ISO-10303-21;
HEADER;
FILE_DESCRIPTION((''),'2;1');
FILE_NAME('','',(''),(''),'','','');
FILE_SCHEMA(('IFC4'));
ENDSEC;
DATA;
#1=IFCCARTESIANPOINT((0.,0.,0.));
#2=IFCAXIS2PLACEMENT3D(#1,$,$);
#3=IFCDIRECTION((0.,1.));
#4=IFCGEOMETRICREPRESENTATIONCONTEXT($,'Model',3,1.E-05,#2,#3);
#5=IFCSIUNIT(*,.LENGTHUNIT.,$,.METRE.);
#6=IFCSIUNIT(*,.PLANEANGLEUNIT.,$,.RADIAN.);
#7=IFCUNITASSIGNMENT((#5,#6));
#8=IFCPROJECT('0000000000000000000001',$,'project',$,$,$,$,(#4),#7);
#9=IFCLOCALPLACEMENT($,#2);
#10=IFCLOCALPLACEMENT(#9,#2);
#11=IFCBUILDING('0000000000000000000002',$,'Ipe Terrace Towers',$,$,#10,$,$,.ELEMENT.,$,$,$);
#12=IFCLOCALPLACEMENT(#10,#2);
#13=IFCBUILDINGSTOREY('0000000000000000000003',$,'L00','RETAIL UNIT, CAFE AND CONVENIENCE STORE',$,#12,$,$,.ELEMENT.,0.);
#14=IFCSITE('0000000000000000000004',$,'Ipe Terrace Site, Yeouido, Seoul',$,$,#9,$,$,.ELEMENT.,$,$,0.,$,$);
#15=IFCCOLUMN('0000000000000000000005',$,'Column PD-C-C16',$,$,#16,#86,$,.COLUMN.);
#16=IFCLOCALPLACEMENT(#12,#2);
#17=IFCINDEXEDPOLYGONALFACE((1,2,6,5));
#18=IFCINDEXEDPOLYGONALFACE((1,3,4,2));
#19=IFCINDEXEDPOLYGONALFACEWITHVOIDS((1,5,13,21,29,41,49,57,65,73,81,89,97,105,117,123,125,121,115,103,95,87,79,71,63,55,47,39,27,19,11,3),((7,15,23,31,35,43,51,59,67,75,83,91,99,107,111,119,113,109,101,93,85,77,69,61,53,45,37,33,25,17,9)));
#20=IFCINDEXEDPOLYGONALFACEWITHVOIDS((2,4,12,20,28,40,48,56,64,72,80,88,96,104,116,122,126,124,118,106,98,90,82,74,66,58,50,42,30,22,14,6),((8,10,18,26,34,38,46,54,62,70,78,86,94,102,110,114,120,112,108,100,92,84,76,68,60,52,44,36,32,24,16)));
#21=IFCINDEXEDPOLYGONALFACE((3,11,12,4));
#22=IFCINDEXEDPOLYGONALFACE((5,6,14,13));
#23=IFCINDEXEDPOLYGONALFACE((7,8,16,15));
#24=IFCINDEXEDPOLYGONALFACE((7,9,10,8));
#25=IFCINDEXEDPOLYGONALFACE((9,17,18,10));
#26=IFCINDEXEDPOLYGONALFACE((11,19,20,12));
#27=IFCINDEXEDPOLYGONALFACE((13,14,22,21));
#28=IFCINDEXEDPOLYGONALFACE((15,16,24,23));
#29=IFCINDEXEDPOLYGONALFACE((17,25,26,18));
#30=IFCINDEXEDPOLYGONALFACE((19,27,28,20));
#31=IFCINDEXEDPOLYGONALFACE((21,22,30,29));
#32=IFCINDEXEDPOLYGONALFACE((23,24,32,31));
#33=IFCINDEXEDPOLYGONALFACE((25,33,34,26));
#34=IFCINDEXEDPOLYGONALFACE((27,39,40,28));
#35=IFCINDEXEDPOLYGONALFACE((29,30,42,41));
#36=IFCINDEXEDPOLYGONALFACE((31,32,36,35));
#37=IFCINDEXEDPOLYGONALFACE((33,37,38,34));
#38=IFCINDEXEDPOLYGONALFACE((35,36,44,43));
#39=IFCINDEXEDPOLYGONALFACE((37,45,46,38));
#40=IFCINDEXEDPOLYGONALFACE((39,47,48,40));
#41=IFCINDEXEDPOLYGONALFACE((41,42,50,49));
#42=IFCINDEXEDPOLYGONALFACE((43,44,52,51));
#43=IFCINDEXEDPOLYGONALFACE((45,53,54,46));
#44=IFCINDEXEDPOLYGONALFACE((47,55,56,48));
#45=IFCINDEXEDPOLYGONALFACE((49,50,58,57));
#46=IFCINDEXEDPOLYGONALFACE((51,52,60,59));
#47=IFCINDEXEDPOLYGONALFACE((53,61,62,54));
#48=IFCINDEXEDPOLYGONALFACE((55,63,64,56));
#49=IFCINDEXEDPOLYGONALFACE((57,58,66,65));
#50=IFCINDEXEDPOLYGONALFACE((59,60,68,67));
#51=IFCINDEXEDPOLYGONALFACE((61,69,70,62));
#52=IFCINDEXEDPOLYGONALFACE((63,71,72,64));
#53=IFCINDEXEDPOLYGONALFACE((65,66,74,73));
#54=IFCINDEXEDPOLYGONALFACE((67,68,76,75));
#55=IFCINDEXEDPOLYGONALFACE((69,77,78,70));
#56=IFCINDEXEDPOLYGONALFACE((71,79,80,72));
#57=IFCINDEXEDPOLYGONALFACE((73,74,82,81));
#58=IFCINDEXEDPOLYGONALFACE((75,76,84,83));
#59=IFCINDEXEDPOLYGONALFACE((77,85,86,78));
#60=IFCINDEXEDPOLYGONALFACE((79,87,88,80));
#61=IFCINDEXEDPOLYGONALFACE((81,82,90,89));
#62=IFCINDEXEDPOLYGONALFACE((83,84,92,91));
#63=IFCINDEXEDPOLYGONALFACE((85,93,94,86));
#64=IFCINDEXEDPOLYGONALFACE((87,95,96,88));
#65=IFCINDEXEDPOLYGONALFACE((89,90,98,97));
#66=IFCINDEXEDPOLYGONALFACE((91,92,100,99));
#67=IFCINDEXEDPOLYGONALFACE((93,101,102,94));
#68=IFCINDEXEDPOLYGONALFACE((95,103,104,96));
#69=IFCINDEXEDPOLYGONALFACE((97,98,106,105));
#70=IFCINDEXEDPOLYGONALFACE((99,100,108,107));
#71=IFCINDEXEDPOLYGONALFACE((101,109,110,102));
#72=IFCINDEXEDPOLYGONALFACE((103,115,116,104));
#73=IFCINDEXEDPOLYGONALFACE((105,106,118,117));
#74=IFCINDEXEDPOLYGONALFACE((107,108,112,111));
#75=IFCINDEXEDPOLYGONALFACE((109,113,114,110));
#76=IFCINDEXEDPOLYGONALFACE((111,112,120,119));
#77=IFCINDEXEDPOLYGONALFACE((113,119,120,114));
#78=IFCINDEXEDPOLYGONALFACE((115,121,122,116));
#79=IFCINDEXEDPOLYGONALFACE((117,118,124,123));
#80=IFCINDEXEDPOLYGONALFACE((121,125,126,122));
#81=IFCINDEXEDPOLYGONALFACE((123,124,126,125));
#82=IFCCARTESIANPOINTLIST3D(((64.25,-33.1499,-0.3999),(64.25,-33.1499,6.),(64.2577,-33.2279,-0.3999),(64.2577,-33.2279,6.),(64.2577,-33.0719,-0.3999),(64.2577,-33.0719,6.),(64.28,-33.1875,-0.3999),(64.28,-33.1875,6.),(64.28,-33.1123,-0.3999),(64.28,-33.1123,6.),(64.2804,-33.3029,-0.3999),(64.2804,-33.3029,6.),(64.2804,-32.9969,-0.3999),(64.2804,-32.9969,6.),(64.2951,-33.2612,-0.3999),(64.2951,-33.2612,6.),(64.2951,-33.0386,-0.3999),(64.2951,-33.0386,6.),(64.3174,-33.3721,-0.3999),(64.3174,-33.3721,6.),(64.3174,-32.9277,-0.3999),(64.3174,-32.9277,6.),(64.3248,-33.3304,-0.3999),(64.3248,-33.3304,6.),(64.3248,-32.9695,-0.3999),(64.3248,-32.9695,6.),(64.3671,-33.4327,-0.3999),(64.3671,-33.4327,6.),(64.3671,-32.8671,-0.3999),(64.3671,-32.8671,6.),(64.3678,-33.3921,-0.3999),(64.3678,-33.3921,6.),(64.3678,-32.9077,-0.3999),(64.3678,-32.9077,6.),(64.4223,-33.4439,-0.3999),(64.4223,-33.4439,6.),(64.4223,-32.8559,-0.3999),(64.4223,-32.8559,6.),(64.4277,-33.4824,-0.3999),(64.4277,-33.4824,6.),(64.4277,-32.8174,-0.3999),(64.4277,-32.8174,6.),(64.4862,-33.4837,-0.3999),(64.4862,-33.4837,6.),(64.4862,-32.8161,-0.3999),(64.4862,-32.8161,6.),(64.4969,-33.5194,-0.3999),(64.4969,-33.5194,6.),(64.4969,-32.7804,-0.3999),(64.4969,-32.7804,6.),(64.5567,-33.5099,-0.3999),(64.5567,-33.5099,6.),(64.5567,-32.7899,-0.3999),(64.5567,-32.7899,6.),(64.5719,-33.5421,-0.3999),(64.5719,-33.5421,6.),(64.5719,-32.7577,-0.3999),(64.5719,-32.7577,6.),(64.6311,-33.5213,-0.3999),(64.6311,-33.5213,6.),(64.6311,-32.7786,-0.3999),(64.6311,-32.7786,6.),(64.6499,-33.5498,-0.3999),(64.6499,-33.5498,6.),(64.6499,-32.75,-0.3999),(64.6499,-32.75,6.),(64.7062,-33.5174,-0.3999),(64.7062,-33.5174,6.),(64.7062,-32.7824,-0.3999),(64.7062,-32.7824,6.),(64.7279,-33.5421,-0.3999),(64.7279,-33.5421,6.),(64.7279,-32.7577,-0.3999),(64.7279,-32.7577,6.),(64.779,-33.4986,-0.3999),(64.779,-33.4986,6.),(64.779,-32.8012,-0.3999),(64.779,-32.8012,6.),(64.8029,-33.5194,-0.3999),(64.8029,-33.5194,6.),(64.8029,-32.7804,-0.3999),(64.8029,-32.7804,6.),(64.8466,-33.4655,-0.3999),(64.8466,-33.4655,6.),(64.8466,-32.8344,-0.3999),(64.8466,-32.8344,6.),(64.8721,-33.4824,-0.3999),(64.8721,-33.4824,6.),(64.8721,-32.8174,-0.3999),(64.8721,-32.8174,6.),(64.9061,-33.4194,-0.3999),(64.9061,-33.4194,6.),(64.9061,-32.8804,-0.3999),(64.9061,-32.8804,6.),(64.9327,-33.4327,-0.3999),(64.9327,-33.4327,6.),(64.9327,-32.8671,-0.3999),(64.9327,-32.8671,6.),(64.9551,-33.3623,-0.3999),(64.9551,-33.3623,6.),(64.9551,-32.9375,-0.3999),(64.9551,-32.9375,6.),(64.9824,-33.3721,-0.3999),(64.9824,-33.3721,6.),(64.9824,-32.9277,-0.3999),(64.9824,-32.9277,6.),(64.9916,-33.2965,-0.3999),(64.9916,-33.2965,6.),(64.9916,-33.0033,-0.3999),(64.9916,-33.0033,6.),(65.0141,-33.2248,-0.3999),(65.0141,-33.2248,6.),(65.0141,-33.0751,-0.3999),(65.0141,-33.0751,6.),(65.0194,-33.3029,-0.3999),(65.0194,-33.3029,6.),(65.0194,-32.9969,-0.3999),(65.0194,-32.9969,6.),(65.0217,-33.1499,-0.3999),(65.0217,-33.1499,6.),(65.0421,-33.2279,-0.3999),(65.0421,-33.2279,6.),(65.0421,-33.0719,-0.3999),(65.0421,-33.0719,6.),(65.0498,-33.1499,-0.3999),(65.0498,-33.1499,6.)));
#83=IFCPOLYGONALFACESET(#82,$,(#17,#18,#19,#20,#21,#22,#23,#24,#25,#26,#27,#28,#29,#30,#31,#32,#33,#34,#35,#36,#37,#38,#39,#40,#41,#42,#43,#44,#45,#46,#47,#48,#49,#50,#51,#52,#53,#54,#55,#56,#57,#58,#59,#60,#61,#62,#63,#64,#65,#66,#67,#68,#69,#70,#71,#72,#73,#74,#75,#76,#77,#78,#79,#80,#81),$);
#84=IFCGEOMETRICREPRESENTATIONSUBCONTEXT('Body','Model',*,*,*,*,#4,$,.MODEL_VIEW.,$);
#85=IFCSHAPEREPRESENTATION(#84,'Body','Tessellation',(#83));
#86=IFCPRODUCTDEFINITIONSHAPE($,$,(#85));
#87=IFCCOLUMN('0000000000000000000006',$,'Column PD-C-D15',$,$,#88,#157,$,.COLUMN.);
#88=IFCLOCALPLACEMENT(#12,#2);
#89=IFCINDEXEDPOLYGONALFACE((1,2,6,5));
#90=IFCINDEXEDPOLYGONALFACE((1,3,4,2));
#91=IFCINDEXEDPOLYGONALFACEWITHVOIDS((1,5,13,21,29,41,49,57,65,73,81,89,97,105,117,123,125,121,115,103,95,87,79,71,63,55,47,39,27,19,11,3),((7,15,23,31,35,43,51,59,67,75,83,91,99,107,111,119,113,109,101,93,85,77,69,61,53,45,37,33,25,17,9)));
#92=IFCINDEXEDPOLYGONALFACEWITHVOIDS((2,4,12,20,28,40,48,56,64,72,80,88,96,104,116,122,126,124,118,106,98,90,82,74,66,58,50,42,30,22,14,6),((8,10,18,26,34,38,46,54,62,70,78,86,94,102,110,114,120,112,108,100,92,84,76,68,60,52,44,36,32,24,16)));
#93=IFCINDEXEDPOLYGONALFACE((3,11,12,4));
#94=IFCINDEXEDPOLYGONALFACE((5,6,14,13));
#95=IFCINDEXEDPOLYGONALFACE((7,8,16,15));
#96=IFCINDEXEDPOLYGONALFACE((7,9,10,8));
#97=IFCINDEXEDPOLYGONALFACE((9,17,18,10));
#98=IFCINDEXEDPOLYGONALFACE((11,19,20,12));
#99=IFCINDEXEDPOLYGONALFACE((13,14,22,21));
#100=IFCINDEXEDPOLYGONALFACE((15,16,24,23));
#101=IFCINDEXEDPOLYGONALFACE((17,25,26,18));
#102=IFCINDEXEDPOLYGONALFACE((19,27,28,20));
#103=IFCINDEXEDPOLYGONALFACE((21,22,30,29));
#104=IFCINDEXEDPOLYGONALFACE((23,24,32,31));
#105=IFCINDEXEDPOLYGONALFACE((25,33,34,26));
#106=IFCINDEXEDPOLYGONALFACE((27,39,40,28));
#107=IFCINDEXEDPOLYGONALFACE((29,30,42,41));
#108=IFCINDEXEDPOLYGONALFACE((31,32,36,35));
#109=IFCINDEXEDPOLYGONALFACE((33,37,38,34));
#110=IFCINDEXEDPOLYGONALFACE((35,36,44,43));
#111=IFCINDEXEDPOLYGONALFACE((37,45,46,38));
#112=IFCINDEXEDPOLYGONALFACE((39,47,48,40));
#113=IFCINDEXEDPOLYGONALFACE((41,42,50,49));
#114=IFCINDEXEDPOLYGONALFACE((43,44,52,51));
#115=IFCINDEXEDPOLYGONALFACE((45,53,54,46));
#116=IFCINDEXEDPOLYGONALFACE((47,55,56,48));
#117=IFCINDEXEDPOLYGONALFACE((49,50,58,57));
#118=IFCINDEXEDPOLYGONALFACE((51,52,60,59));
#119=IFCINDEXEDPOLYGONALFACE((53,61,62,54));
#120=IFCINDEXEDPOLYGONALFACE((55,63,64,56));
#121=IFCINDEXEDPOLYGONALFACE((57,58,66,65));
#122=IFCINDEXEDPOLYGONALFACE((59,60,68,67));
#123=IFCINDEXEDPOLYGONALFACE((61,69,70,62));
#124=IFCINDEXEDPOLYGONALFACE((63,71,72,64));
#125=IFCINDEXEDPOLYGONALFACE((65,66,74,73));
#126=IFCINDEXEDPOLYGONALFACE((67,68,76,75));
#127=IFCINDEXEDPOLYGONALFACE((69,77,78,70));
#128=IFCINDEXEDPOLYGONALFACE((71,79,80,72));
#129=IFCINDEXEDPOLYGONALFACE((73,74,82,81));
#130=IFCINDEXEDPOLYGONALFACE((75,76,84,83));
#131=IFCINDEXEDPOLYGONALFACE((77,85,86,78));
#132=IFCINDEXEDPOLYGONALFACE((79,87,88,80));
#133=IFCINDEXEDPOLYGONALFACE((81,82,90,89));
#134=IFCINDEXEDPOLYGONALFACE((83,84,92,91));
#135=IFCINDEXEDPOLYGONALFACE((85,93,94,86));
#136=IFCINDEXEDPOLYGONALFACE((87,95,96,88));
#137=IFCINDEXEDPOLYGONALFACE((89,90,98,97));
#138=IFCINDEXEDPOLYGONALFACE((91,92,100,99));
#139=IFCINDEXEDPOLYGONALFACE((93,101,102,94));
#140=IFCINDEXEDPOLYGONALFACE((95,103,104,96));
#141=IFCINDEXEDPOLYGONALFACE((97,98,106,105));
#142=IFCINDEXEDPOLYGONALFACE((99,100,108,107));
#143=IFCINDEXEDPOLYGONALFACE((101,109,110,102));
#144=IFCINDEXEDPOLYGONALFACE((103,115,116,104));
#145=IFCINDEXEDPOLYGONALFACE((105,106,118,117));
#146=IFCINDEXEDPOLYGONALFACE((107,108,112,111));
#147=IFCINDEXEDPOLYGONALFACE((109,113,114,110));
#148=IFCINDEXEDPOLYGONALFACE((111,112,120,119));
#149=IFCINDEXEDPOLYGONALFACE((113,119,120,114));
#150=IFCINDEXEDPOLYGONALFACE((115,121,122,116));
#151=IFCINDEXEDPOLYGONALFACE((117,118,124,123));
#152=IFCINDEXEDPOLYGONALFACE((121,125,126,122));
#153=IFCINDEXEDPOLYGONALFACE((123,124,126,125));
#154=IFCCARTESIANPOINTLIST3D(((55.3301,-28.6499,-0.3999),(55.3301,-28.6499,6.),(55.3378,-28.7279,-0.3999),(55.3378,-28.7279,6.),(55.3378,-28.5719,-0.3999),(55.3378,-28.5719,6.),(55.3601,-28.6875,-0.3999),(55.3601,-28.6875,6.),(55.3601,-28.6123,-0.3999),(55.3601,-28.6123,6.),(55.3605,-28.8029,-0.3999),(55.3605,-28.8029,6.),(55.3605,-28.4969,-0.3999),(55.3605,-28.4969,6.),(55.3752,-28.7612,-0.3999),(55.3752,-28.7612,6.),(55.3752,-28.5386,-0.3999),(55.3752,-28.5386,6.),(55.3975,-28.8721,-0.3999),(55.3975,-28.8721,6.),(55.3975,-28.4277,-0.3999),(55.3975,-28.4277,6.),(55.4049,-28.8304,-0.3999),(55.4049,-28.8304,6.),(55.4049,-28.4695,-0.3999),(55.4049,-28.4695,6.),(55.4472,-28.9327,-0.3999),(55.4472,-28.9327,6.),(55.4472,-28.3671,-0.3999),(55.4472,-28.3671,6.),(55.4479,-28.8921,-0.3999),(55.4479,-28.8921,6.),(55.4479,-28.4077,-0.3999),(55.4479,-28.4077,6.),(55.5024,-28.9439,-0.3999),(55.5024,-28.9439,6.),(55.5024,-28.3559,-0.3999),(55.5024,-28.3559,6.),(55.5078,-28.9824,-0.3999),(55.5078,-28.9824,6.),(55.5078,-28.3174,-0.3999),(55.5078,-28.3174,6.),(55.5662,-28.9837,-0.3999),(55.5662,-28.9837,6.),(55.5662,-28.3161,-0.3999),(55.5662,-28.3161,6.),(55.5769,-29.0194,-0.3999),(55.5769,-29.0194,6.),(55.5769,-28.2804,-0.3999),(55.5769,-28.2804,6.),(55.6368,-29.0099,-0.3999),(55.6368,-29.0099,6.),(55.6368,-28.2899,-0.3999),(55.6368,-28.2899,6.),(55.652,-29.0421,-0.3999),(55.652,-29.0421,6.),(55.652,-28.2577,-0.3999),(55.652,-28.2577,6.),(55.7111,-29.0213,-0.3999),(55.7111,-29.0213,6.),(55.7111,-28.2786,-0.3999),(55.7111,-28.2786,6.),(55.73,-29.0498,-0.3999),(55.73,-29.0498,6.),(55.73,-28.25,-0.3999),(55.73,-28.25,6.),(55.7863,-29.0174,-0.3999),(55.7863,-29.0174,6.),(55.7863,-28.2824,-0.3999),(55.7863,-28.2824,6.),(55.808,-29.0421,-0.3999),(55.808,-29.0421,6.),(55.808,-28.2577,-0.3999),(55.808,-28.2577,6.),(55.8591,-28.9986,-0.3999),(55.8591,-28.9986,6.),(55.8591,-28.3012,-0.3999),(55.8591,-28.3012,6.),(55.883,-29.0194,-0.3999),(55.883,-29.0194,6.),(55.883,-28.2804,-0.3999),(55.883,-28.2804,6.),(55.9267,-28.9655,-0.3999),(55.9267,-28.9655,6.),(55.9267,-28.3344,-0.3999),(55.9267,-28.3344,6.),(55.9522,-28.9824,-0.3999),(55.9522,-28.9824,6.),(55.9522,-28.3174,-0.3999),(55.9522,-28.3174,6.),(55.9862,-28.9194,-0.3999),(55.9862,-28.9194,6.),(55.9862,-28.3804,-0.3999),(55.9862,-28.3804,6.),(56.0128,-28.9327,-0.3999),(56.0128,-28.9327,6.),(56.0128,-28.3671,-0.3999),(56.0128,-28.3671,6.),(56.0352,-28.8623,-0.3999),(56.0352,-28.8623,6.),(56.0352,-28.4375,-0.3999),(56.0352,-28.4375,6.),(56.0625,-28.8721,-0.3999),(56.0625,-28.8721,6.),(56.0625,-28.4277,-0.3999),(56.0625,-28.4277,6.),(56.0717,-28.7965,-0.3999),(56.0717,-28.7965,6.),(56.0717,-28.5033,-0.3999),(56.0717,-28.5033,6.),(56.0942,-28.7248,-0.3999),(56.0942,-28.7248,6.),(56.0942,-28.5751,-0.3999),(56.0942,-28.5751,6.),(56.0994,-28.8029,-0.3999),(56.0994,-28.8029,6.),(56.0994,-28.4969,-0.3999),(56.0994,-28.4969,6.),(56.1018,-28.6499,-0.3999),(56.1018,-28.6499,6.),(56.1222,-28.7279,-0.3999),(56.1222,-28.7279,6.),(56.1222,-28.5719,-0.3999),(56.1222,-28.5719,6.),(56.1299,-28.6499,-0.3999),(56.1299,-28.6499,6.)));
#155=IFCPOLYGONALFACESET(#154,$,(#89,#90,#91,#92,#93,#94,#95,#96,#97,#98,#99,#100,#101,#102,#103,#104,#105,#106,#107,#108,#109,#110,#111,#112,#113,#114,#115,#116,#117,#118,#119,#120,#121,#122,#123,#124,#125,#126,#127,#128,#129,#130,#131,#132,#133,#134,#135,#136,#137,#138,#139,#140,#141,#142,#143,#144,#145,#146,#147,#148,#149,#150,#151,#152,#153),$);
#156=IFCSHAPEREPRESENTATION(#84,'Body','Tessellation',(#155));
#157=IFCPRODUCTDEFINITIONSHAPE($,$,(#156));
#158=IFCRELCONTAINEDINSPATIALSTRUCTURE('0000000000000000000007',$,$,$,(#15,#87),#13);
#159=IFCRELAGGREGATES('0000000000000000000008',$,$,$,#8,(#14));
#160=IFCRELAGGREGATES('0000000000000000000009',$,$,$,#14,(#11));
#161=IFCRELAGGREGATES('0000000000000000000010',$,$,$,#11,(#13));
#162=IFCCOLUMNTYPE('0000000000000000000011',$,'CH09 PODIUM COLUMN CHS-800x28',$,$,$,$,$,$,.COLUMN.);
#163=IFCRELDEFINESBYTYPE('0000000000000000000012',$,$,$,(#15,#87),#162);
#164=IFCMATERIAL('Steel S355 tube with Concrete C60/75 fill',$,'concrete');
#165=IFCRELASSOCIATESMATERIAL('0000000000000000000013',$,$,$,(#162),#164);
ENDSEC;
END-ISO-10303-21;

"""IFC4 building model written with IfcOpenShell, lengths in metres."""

from ifc_helpers import new_model, si_unit, direction, frame, origin, origin_2d, place, context, subcontext, project, spatial, hollow_circle, extrude, material, material_profile, profile_set, type_object, element, save


model = new_model("IFC4")

# Units and contexts
model_context = context("Model", 3, precision=1e-05, world=origin(), true_north=direction((0.0, 1.0)))
body_context = subcontext(model_context, "Body", "Model", "MODEL_VIEW")
ifc_project = project(units=[si_unit("LENGTHUNIT", "METRE"), si_unit("PLANEANGLEUNIT", "RADIAN")], contexts=[model_context])

# Site, building, storey
site_placement = place(None, origin())
site = spatial("IfcSite", under=ifc_project, at=site_placement, Name="Ipe Terrace Site, Yeouido, Seoul", CompositionType="ELEMENT", RefElevation=0.0)
building_placement = place(site_placement, origin())
building = spatial("IfcBuilding", under=site, at=building_placement, Name="Ipe Terrace Towers", CompositionType="ELEMENT")
storey_placement = place(building_placement, origin())
storey = spatial("IfcBuildingStorey", under=building, at=storey_placement, Name="L00", Description="RETAIL UNIT, CAFE AND CONVENIENCE STORE", CompositionType="ELEMENT", Elevation=0.0)

# Columns
ifc_material_1 = material(Name="Steel S355 tube with Concrete C60/75 fill", Category="concrete")
ifc_material_profile_1 = material_profile(ifc_material_1, hollow_circle(Radius=0.3999, WallThickness=0.0281, at=origin_2d()), Name="CHS-800x28")
ifc_profile_set_1 = profile_set([ifc_material_profile_1], Name="Steel S355 tube with Concrete C60/75 fill")
column_type_1 = type_object("IfcColumnType", Name="CH09 PODIUM COLUMN CHS-800x28", PredefinedType="COLUMN", material=ifc_profile_set_1)
for number, where, z_axis, x_axis, name in (
    (1, (64.6499, -33.1499, -0.3999), (0.0, 0.0, 1.0), (1.0, 0.0, 0.0), "Column PD-C-C16"),
    (2, (55.73, -28.6499, -0.3999), (0.0, 0.0, 1.0), (1.0, 0.0, 0.0), "Column PD-C-D15"),
):
    element("IfcColumn", number, at=place(storey_placement, frame(where, z_axis=z_axis, x_axis=x_axis)), inside=storey, type_object=column_type_1, Name=name, PredefinedType="COLUMN", context=body_context, shape_type="SweptSolid", body=[
        extrude(hollow_circle(Radius=0.3999, WallThickness=0.0281, at=origin_2d()), origin(), (0.0, 0.0, 1.0), 6.3999),
    ])

save(model, "model.ifc")
